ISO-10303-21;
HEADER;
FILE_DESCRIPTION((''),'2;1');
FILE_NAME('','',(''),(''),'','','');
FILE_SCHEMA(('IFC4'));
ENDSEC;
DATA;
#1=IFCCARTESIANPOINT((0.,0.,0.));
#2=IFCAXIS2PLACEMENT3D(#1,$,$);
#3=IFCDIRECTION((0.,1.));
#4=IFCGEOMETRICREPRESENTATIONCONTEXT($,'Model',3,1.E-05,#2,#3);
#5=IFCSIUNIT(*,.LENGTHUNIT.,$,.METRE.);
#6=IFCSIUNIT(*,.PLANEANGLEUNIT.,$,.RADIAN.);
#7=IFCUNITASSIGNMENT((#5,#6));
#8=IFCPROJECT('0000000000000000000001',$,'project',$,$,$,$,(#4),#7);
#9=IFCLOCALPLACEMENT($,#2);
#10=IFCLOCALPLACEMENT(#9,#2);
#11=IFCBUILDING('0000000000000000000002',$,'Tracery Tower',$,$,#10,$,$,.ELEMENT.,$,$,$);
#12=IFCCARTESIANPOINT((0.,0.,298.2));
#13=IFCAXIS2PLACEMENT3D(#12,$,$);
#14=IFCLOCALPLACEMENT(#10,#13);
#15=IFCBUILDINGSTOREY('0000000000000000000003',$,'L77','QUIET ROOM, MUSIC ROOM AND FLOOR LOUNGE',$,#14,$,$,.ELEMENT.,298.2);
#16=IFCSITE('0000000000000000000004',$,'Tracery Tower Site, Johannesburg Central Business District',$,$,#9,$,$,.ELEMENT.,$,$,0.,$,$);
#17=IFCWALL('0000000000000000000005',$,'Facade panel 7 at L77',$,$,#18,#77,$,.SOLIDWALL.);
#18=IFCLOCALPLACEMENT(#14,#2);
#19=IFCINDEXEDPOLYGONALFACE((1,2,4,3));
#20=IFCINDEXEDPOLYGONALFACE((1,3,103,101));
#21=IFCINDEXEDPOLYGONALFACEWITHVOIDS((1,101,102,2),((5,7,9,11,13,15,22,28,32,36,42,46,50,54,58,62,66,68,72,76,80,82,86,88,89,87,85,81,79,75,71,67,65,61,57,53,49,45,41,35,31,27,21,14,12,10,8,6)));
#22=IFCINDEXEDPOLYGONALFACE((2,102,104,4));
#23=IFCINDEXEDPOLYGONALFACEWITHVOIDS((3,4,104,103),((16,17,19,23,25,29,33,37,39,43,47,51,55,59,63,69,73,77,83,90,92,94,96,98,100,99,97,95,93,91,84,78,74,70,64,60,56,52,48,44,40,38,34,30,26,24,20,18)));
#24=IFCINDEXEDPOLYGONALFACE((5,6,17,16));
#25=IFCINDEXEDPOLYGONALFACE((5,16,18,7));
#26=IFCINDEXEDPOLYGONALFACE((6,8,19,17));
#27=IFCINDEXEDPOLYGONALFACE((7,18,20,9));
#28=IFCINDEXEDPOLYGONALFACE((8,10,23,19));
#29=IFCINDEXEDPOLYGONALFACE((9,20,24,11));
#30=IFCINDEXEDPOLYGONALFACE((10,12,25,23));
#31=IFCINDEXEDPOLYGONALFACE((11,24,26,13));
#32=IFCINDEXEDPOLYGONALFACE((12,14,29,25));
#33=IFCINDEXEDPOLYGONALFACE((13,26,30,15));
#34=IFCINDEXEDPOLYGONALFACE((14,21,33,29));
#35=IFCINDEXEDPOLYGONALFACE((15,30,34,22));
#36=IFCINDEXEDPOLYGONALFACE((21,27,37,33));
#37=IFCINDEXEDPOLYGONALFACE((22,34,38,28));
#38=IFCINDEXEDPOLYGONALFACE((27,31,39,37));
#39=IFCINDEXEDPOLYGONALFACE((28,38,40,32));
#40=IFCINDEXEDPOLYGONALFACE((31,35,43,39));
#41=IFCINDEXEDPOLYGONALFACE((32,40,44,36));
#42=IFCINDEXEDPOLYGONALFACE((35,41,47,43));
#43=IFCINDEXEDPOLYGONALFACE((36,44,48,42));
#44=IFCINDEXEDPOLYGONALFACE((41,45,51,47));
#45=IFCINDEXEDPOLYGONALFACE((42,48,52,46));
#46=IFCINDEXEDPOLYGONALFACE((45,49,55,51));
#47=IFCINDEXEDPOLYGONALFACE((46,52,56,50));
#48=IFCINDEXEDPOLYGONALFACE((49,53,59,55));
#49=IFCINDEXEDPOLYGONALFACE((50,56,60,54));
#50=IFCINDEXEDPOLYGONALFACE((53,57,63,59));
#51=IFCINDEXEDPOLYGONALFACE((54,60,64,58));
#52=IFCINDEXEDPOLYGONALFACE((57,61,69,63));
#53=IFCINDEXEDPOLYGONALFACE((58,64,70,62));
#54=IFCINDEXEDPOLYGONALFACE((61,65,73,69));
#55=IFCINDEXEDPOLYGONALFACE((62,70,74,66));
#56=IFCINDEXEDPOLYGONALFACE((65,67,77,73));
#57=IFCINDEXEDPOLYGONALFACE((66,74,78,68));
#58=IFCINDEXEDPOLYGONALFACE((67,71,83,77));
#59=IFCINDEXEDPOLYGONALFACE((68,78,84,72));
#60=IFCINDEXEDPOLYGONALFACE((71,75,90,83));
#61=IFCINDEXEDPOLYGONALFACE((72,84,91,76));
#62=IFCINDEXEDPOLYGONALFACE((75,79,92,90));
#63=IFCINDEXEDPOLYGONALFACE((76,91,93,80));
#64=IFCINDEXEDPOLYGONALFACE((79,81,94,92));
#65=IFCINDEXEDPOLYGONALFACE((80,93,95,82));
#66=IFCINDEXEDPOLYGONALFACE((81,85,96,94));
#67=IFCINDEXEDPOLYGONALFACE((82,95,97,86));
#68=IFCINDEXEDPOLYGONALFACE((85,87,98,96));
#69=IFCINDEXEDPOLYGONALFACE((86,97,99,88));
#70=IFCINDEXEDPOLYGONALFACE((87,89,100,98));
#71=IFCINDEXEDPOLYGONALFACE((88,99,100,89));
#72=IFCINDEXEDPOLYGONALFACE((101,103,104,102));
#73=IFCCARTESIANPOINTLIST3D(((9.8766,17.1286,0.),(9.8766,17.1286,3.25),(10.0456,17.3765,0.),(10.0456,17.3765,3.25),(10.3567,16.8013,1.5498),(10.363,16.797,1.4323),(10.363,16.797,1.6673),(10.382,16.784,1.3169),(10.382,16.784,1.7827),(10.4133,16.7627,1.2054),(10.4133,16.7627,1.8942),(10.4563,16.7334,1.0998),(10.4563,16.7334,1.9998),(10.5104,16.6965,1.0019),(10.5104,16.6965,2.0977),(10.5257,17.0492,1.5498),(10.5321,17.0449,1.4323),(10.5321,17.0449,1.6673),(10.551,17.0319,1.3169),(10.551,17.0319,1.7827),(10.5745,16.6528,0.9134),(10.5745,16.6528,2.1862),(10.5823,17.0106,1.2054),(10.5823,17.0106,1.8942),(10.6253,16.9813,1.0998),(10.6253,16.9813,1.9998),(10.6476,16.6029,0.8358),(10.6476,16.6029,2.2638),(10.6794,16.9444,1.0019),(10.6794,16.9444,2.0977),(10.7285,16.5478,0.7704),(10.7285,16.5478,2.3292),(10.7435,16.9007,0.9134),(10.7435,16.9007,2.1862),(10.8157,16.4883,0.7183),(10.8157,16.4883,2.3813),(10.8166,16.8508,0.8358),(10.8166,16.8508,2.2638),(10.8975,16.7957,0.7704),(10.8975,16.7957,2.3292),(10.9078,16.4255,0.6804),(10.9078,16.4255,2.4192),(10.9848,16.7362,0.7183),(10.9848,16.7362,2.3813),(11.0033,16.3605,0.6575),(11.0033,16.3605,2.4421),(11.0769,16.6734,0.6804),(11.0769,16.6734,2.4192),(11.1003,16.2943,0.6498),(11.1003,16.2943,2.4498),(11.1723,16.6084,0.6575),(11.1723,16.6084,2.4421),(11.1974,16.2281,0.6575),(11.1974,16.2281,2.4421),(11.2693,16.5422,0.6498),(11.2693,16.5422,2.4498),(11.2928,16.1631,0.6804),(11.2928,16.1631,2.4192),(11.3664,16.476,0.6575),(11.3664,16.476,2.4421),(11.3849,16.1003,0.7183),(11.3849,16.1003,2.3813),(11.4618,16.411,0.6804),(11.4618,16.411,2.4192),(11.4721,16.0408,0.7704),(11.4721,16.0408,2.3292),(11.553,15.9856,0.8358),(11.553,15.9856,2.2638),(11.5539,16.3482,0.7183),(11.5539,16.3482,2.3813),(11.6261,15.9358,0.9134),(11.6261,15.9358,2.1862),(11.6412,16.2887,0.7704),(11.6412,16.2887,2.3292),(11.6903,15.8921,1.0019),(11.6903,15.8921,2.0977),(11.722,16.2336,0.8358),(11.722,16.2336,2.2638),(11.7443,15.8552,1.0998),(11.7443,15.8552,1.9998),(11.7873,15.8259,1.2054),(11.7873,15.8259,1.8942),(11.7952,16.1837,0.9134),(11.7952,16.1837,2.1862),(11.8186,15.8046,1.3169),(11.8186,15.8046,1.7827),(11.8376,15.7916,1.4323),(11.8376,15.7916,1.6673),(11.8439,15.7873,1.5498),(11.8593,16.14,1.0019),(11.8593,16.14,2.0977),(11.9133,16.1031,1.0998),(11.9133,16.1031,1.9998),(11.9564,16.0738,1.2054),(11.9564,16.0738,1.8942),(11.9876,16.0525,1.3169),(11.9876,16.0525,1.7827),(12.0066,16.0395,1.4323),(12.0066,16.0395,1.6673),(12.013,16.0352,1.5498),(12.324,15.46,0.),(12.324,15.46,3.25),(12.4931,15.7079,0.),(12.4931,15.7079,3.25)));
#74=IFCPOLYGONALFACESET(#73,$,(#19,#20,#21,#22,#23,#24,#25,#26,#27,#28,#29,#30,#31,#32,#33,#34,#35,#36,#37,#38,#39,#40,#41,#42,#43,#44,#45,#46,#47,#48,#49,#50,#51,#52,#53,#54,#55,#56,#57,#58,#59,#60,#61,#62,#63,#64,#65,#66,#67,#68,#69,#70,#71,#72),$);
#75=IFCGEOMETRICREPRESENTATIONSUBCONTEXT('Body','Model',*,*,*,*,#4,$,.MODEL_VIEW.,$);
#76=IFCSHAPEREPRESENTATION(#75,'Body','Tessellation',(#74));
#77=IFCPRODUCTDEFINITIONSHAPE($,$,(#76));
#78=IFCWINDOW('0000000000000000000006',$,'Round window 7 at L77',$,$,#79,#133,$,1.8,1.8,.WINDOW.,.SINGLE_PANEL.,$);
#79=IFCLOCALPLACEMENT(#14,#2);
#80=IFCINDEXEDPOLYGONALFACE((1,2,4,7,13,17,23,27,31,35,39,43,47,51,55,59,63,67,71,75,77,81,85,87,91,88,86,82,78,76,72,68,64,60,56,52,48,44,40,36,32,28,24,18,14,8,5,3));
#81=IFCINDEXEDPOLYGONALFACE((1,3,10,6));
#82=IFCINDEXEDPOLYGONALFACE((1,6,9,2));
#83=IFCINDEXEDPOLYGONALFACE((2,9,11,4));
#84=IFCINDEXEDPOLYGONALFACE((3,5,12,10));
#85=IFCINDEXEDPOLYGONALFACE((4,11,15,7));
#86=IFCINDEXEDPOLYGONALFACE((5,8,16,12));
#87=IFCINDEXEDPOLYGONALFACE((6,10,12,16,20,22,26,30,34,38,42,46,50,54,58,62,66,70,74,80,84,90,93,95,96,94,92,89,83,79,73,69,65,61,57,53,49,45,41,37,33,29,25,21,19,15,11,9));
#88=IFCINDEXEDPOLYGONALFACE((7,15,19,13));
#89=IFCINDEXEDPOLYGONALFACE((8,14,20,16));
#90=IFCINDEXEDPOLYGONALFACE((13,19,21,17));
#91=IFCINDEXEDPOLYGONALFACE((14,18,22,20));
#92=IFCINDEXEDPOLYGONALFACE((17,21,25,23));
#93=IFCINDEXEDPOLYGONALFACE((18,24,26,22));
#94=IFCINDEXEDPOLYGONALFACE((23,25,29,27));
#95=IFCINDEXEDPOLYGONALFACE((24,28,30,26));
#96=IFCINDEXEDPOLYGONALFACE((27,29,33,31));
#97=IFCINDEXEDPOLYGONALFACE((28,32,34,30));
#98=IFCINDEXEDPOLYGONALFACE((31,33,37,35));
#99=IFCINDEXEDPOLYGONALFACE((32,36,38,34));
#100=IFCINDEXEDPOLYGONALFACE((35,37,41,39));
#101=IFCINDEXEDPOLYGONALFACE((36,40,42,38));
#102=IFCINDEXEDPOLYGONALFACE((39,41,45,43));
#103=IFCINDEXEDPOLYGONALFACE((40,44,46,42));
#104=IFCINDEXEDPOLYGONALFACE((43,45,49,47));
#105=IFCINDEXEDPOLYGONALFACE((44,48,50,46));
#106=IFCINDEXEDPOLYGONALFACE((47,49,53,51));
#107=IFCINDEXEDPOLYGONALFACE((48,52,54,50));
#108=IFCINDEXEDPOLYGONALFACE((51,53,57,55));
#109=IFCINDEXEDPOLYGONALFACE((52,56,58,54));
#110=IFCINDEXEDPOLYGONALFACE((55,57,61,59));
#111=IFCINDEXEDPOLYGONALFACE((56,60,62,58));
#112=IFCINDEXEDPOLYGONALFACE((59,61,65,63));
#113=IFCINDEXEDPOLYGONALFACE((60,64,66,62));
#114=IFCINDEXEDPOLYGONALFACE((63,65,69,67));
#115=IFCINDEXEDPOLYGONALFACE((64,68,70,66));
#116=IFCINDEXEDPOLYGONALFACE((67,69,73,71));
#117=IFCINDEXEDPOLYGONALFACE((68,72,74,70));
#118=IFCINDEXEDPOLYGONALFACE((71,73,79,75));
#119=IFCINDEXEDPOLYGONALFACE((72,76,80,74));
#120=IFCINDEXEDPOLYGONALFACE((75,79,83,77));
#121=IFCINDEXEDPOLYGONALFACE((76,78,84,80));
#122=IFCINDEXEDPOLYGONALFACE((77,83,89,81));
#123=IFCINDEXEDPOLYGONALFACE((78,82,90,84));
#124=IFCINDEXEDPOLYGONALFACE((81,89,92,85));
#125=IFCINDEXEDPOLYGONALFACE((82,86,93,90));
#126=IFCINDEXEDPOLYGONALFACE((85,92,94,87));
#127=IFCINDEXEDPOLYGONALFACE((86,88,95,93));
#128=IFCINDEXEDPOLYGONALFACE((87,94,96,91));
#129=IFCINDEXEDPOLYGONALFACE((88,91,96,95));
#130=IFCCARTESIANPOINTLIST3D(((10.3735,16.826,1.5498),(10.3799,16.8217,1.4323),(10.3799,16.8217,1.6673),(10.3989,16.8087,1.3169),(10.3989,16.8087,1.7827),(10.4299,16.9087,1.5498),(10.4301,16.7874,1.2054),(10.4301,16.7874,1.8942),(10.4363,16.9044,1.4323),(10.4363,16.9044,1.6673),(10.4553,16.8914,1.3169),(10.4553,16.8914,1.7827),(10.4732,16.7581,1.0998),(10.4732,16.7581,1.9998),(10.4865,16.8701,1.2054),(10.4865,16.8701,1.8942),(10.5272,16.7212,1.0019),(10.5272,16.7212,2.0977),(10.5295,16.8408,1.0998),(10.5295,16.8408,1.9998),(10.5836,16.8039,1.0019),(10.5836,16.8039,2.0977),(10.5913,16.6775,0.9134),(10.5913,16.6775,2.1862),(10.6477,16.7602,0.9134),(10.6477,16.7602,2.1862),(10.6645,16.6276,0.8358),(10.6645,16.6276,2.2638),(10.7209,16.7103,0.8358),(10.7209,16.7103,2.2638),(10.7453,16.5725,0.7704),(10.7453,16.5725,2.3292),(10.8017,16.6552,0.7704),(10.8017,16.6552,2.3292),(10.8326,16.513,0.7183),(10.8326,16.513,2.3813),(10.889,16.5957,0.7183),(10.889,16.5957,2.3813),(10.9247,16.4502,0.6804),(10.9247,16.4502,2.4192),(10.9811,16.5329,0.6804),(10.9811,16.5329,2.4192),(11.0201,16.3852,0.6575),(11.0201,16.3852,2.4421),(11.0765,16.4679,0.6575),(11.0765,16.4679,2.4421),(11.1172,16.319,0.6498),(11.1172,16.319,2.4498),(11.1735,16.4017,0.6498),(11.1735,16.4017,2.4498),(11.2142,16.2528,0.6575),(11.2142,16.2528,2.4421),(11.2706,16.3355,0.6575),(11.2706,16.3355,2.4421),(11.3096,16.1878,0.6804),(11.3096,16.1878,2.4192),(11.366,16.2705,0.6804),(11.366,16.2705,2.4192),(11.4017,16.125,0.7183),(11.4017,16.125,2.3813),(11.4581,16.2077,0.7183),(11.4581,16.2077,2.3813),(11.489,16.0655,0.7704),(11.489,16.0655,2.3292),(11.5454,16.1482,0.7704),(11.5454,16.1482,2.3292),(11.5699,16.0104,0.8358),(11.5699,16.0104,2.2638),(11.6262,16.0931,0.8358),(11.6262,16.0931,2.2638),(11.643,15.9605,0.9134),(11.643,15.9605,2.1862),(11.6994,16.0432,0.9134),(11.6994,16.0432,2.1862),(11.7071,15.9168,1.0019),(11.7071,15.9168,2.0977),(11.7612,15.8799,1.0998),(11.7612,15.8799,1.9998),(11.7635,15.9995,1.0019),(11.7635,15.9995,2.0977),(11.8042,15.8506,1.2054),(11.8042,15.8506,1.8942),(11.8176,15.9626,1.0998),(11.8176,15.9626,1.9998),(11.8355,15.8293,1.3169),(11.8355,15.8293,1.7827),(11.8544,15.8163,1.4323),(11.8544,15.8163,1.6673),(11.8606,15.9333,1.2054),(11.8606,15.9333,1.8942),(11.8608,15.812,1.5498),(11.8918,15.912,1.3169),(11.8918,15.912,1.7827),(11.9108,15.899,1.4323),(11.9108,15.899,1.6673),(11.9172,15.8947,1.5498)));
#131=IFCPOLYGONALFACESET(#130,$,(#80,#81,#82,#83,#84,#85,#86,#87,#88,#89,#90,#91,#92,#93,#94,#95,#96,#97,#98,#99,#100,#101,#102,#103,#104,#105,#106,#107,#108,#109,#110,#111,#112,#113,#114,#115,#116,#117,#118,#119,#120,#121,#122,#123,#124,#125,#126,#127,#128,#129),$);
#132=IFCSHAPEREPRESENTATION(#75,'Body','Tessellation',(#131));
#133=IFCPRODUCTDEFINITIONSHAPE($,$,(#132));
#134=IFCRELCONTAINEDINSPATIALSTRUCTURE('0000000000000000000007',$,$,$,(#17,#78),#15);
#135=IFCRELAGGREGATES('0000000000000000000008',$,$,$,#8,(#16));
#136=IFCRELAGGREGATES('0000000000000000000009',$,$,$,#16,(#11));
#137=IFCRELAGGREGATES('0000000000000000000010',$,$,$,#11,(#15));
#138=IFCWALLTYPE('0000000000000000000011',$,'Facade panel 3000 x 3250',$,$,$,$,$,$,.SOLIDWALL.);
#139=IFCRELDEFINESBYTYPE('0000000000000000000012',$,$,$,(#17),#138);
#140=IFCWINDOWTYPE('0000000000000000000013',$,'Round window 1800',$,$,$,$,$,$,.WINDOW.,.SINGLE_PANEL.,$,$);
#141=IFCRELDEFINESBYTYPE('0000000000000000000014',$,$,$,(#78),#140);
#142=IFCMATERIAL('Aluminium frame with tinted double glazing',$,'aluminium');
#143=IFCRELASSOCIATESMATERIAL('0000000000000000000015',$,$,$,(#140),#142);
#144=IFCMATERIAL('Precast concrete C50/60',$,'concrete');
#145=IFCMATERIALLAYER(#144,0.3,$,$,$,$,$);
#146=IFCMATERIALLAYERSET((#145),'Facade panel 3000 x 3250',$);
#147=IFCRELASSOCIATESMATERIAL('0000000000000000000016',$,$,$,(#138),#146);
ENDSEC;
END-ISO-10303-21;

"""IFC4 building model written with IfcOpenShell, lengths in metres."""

from ifc_helpers import new_model, si_unit, direction, frame, frame_2d, origin, origin_2d, place, context, subcontext, project, spatial, rectangle, circle, extrude, material, layer, layer_set, type_object, element, fill, save


model = new_model("IFC4")

# Units and contexts
model_context = context("Model", 3, precision=1e-05, world=origin(), true_north=direction((0.0, 1.0)))
body_context = subcontext(model_context, "Body", "Model", "MODEL_VIEW")
ifc_project = project(units=[si_unit("LENGTHUNIT", "METRE"), si_unit("PLANEANGLEUNIT", "RADIAN")], contexts=[model_context])

# Site, building, storey
site_placement = place(None, origin())
site = spatial("IfcSite", under=ifc_project, at=site_placement, Name="Tracery Tower Site, Johannesburg Central Business District", CompositionType="ELEMENT", RefElevation=0.0)
building_placement = place(site_placement, origin())
building = spatial("IfcBuilding", under=site, at=building_placement, Name="Tracery Tower", CompositionType="ELEMENT")
storey_placement = place(building_placement, frame((0.0, 0.0, 298.2)))
storey = spatial("IfcBuildingStorey", under=building, at=storey_placement, Name="L77", Description="QUIET ROOM, MUSIC ROOM AND FLOOR LOUNGE", CompositionType="ELEMENT", Elevation=298.2)

# Wall, opening, window
ifc_material_1 = material(Name="Aluminium frame with tinted double glazing", Category="aluminium")
window_type = type_object("IfcWindowType", Name="Round window 1800", PartitioningType="SINGLE_PANEL", PredefinedType="WINDOW", material=ifc_material_1)
ifc_material_2 = material(Name="Precast concrete C50/60", Category="concrete")
ifc_layer_1 = layer(ifc_material_2, 0.3)
ifc_layer_set_1 = layer_set([ifc_layer_1], Name="Facade panel 3000 x 3250")
wall_type_1 = type_object("IfcWallType", Name="Facade panel 3000 x 3250", PredefinedType="SOLIDWALL", material=ifc_layer_set_1)
wall_1_placement = place(storey_placement, frame((12.4084, 15.584, 0.0), z_axis=(0.0, 0.0, 1.0), x_axis=(-0.826236, 0.563324, 0.0)))
wall_1 = element("IfcWall", 1, at=wall_1_placement, inside=storey, type_object=wall_type_1, Name="Facade panel 7 at L77", PredefinedType="SOLIDWALL", context=body_context, shape_type="SweptSolid", body=[
    extrude(rectangle(XDim=2.9622, YDim=0.3, at=frame_2d((1.481, 0.0))), origin(), (0.0, 0.0, 1.0), 3.25),
])
opening_1_placement = place(wall_1_placement, frame((1.481, 0.0, 1.5498)))
opening_1 = element("IfcOpeningElement", 2, at=opening_1_placement, cuts=wall_1, PredefinedType="OPENING", context=body_context, shape_type="SweptSolid", body=[
    extrude(circle(Radius=0.9, at=origin_2d()), frame((0.0, 0.1599, 0.0), z_axis=(0.0, -1.0, 0.0), x_axis=(1.0, 0.0, 0.0)), (0.0, 0.0, 1.0), 0.3201),
])
window_1_placement = place(opening_1_placement, origin())
window_1 = element("IfcWindow", 3, at=window_1_placement, inside=storey, type_object=window_type, Name="Round window 7 at L77", OverallHeight=1.8, OverallWidth=1.8, PartitioningType="SINGLE_PANEL", PredefinedType="WINDOW", context=body_context, shape_type="SweptSolid", body=[
    extrude(circle(Radius=0.9, at=origin_2d()), frame((0.0, 0.1201, 0.0), z_axis=(0.0, -1.0, 0.0), x_axis=(1.0, 0.0, 0.0)), (0.0, 0.0, 1.0), 0.1001),
])
fill(opening_1, window_1)

save(model, "model.ifc")
